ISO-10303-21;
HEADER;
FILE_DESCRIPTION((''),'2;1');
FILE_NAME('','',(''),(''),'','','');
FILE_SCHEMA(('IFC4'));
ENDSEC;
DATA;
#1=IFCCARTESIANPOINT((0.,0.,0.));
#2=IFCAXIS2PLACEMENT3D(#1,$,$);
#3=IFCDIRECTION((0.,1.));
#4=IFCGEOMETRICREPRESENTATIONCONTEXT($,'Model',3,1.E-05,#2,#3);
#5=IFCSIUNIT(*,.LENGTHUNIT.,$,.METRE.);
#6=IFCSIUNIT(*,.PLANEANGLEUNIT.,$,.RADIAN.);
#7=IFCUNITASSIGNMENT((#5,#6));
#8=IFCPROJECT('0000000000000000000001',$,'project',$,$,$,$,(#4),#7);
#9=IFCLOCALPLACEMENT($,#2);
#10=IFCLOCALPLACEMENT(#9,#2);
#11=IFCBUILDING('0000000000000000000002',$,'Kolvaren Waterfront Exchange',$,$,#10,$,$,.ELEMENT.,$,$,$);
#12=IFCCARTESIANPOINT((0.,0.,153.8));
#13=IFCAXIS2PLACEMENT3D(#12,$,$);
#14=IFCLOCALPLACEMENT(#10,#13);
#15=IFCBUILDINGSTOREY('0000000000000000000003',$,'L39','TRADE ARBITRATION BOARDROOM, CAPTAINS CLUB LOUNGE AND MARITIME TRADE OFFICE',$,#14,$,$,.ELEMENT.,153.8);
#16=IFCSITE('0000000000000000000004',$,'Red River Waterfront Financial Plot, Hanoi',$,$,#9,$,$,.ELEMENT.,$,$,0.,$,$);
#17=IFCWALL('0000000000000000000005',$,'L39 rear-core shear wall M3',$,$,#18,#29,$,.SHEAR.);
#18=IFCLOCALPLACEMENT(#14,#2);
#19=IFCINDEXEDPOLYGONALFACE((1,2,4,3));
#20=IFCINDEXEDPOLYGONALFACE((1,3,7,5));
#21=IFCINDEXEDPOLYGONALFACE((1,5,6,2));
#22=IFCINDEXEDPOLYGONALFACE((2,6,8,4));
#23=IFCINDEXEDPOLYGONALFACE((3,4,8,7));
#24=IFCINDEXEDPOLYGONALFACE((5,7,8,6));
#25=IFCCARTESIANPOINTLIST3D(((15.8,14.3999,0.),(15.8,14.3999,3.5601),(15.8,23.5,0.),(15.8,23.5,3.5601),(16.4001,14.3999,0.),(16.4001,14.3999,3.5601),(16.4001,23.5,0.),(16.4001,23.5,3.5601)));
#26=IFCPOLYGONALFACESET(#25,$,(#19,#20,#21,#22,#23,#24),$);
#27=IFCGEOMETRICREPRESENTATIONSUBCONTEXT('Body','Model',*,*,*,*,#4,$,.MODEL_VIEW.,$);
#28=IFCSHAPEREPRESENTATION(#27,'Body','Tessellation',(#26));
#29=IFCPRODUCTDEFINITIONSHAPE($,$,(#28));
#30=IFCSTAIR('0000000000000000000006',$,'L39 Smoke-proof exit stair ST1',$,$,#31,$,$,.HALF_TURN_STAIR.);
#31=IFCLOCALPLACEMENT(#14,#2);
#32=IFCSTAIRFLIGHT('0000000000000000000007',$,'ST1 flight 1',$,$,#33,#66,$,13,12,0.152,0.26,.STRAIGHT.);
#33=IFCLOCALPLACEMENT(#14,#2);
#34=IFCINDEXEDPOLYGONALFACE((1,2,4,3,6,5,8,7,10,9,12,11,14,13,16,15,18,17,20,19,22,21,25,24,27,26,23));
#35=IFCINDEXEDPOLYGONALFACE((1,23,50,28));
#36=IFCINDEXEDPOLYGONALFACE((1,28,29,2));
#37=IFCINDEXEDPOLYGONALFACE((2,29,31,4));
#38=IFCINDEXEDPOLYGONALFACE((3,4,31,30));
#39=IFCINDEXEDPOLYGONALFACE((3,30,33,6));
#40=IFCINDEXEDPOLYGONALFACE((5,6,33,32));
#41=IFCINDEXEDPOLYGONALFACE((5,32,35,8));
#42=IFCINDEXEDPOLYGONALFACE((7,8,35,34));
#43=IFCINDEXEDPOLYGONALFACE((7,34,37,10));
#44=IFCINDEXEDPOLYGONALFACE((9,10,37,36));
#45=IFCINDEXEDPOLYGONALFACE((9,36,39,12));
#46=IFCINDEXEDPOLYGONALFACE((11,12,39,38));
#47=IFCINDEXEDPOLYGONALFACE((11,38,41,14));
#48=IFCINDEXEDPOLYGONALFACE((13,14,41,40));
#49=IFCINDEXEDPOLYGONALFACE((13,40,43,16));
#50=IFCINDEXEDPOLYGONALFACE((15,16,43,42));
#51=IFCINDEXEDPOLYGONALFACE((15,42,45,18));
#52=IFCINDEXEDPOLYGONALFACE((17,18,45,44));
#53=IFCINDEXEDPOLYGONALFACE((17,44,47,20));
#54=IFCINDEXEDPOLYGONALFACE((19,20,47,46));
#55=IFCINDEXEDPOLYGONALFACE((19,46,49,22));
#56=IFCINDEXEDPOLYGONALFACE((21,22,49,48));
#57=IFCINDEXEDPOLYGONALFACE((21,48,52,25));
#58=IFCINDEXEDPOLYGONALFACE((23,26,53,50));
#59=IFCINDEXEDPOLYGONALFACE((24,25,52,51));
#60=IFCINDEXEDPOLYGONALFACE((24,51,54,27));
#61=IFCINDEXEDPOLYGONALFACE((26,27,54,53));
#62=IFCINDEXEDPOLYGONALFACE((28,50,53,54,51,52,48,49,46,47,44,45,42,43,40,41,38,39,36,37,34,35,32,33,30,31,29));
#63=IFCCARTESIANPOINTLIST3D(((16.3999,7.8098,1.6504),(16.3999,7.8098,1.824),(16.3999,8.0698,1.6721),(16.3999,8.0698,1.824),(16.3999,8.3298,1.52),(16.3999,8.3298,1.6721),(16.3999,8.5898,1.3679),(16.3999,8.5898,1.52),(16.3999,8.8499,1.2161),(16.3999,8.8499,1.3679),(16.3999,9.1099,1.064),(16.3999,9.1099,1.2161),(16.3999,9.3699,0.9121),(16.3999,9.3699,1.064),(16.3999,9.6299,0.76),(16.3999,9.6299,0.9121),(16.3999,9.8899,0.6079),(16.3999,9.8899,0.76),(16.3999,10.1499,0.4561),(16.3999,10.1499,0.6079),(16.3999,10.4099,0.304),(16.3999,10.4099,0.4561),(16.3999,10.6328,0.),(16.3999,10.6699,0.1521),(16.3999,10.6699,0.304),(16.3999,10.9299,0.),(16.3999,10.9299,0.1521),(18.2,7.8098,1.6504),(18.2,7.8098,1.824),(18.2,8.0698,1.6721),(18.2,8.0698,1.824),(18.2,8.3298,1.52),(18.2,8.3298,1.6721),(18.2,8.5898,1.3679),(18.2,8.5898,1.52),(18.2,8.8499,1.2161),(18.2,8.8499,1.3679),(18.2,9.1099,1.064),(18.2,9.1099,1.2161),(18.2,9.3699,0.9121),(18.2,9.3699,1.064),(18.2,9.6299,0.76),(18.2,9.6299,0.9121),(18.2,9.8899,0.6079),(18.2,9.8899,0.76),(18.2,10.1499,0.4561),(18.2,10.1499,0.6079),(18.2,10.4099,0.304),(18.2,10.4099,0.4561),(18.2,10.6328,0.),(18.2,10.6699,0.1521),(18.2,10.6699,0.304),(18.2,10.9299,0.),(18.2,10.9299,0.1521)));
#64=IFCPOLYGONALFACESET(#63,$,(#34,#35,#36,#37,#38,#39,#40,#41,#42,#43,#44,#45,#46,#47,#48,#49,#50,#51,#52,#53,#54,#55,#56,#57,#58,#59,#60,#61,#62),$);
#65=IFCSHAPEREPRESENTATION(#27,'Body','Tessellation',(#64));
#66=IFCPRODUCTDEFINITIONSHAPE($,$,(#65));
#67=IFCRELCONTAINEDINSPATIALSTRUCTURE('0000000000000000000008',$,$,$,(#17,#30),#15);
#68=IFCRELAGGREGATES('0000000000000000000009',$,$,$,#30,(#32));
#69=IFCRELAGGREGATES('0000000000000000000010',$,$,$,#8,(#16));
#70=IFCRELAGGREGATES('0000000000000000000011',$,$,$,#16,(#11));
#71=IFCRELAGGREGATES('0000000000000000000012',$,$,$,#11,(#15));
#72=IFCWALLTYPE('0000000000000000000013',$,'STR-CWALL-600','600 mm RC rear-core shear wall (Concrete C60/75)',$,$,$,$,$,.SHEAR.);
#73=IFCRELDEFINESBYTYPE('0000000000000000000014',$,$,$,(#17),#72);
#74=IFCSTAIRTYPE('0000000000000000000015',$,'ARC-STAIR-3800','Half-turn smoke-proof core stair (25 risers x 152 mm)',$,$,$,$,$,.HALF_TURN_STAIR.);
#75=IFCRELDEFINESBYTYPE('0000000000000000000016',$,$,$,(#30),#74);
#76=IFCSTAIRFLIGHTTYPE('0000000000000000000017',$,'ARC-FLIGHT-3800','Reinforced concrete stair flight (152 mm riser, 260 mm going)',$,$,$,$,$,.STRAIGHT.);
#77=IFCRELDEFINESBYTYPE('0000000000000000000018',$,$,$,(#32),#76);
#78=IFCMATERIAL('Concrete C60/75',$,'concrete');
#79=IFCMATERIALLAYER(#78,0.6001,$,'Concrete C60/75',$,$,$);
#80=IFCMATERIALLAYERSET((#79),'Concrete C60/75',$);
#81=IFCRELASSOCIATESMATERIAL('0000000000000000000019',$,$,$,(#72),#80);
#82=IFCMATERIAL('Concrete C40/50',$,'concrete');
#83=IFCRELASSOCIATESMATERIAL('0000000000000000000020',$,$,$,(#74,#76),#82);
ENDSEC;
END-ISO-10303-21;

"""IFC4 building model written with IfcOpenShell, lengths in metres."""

from ifc_helpers import new_model, si_unit, direction, frame, frame_2d, origin, place, context, subcontext, project, spatial, polyline, rectangle, outline, extrude, material, layer, layer_set, type_object, element, aggregate, save


model = new_model("IFC4")

# Units and contexts
model_context = context("Model", 3, precision=1e-05, world=origin(), true_north=direction((0.0, 1.0)))
body_context = subcontext(model_context, "Body", "Model", "MODEL_VIEW")
ifc_project = project(units=[si_unit("LENGTHUNIT", "METRE"), si_unit("PLANEANGLEUNIT", "RADIAN")], contexts=[model_context])

# Site, building, storey
site_placement = place(None, origin())
site = spatial("IfcSite", under=ifc_project, at=site_placement, Name="Red River Waterfront Financial Plot, Hanoi", CompositionType="ELEMENT", RefElevation=0.0)
building_placement = place(site_placement, origin())
building = spatial("IfcBuilding", under=site, at=building_placement, Name="Kolvaren Waterfront Exchange", CompositionType="ELEMENT")
storey_placement = place(building_placement, frame((0.0, 0.0, 153.8)))
storey = spatial("IfcBuildingStorey", under=building, at=storey_placement, Name="L39", Description="TRADE ARBITRATION BOARDROOM, CAPTAINS CLUB LOUNGE AND MARITIME TRADE OFFICE", CompositionType="ELEMENT", Elevation=153.8)

# Shared definitions
ifc_material_1 = material(Name="Concrete C60/75", Category="concrete")

# Wall
ifc_material_2 = material(Name="Concrete C40/50", Category="concrete")
ifc_layer_1 = layer(ifc_material_1, 0.6001, Name="Concrete C60/75")
ifc_layer_set_1 = layer_set([ifc_layer_1], Name="Concrete C60/75")
wall_type_1 = type_object("IfcWallType", Name="STR-CWALL-600", Description="600 mm RC rear-core shear wall (Concrete C60/75)", PredefinedType="SHEAR", material=ifc_layer_set_1)
wall_1_placement = place(storey_placement, frame((16.1001, 14.3999, 0.0), z_axis=(0.0, 0.0, 1.0), x_axis=(0.0, 1.0, 0.0)))
element("IfcWall", 1, at=wall_1_placement, inside=storey, type_object=wall_type_1, Name="L39 rear-core shear wall M3", PredefinedType="SHEAR", context=body_context, shape_type="SweptSolid", body=[
    extrude(rectangle(XDim=9.1001, YDim=0.6001, at=frame_2d((4.55, 0.0))), origin(), (0.0, 0.0, 1.0), 3.5601),
])

# Stair, stair flight
stair_type = type_object("IfcStairType", Name="ARC-STAIR-3800", Description="Half-turn smoke-proof core stair (25 risers x 152 mm)", PredefinedType="HALF_TURN_STAIR", material=ifc_material_2)
stair_placement = place(storey_placement, origin())
stair = element("IfcStair", 2, at=stair_placement, inside=storey, type_object=stair_type, Name="L39 Smoke-proof exit stair ST1", PredefinedType="HALF_TURN_STAIR")
stair_flight_type = type_object("IfcStairFlightType", Name="ARC-FLIGHT-3800", Description="Reinforced concrete stair flight (152 mm riser, 260 mm going)", PredefinedType="STRAIGHT", material=ifc_material_2)
stair_flight_placement = place(storey_placement, frame((17.3, 10.9299, 0.0), z_axis=(0.0, 0.0, 1.0), x_axis=(0.0, -1.0, 0.0)))
stair_flight = element("IfcStairFlight", 3, at=stair_flight_placement, type_object=stair_flight_type, Name="ST1 flight 1", NumberOfRisers=13, NumberOfTreads=12, PredefinedType="STRAIGHT", RiserHeight=0.152, TreadLength=0.26, context=body_context, shape_type="SweptSolid", body=[
    extrude(outline(polyline([(0.0, 0.0), (0.0, 0.1521), (0.26, 0.1521), (0.26, 0.304), (0.52, 0.304), (0.52, 0.4561), (0.78, 0.4561), (0.78, 0.6079), (1.04, 0.6079), (1.04, 0.76), (1.3, 0.76), (1.3, 0.9121), (1.5601, 0.9121), (1.5601, 1.064), (1.8201, 1.064), (1.8201, 1.2161), (2.0801, 1.2161), (2.0801, 1.3679), (2.3401, 1.3679), (2.3401, 1.52), (2.6001, 1.52), (2.6001, 1.6721), (2.8601, 1.6721), (2.8601, 1.824), (3.1201, 1.824), (3.1201, 1.9761), (3.1201, 1.6504), (0.2971, 0.0), (0.0, 0.0)])), frame((0.0, 0.8999, 0.0), z_axis=(0.0, -1.0, 0.0), x_axis=(1.0, 0.0, 0.0)), (0.0, 0.0, 1.0), 1.8),
])
aggregate(stair, [stair_flight])

save(model, "model.ifc")
